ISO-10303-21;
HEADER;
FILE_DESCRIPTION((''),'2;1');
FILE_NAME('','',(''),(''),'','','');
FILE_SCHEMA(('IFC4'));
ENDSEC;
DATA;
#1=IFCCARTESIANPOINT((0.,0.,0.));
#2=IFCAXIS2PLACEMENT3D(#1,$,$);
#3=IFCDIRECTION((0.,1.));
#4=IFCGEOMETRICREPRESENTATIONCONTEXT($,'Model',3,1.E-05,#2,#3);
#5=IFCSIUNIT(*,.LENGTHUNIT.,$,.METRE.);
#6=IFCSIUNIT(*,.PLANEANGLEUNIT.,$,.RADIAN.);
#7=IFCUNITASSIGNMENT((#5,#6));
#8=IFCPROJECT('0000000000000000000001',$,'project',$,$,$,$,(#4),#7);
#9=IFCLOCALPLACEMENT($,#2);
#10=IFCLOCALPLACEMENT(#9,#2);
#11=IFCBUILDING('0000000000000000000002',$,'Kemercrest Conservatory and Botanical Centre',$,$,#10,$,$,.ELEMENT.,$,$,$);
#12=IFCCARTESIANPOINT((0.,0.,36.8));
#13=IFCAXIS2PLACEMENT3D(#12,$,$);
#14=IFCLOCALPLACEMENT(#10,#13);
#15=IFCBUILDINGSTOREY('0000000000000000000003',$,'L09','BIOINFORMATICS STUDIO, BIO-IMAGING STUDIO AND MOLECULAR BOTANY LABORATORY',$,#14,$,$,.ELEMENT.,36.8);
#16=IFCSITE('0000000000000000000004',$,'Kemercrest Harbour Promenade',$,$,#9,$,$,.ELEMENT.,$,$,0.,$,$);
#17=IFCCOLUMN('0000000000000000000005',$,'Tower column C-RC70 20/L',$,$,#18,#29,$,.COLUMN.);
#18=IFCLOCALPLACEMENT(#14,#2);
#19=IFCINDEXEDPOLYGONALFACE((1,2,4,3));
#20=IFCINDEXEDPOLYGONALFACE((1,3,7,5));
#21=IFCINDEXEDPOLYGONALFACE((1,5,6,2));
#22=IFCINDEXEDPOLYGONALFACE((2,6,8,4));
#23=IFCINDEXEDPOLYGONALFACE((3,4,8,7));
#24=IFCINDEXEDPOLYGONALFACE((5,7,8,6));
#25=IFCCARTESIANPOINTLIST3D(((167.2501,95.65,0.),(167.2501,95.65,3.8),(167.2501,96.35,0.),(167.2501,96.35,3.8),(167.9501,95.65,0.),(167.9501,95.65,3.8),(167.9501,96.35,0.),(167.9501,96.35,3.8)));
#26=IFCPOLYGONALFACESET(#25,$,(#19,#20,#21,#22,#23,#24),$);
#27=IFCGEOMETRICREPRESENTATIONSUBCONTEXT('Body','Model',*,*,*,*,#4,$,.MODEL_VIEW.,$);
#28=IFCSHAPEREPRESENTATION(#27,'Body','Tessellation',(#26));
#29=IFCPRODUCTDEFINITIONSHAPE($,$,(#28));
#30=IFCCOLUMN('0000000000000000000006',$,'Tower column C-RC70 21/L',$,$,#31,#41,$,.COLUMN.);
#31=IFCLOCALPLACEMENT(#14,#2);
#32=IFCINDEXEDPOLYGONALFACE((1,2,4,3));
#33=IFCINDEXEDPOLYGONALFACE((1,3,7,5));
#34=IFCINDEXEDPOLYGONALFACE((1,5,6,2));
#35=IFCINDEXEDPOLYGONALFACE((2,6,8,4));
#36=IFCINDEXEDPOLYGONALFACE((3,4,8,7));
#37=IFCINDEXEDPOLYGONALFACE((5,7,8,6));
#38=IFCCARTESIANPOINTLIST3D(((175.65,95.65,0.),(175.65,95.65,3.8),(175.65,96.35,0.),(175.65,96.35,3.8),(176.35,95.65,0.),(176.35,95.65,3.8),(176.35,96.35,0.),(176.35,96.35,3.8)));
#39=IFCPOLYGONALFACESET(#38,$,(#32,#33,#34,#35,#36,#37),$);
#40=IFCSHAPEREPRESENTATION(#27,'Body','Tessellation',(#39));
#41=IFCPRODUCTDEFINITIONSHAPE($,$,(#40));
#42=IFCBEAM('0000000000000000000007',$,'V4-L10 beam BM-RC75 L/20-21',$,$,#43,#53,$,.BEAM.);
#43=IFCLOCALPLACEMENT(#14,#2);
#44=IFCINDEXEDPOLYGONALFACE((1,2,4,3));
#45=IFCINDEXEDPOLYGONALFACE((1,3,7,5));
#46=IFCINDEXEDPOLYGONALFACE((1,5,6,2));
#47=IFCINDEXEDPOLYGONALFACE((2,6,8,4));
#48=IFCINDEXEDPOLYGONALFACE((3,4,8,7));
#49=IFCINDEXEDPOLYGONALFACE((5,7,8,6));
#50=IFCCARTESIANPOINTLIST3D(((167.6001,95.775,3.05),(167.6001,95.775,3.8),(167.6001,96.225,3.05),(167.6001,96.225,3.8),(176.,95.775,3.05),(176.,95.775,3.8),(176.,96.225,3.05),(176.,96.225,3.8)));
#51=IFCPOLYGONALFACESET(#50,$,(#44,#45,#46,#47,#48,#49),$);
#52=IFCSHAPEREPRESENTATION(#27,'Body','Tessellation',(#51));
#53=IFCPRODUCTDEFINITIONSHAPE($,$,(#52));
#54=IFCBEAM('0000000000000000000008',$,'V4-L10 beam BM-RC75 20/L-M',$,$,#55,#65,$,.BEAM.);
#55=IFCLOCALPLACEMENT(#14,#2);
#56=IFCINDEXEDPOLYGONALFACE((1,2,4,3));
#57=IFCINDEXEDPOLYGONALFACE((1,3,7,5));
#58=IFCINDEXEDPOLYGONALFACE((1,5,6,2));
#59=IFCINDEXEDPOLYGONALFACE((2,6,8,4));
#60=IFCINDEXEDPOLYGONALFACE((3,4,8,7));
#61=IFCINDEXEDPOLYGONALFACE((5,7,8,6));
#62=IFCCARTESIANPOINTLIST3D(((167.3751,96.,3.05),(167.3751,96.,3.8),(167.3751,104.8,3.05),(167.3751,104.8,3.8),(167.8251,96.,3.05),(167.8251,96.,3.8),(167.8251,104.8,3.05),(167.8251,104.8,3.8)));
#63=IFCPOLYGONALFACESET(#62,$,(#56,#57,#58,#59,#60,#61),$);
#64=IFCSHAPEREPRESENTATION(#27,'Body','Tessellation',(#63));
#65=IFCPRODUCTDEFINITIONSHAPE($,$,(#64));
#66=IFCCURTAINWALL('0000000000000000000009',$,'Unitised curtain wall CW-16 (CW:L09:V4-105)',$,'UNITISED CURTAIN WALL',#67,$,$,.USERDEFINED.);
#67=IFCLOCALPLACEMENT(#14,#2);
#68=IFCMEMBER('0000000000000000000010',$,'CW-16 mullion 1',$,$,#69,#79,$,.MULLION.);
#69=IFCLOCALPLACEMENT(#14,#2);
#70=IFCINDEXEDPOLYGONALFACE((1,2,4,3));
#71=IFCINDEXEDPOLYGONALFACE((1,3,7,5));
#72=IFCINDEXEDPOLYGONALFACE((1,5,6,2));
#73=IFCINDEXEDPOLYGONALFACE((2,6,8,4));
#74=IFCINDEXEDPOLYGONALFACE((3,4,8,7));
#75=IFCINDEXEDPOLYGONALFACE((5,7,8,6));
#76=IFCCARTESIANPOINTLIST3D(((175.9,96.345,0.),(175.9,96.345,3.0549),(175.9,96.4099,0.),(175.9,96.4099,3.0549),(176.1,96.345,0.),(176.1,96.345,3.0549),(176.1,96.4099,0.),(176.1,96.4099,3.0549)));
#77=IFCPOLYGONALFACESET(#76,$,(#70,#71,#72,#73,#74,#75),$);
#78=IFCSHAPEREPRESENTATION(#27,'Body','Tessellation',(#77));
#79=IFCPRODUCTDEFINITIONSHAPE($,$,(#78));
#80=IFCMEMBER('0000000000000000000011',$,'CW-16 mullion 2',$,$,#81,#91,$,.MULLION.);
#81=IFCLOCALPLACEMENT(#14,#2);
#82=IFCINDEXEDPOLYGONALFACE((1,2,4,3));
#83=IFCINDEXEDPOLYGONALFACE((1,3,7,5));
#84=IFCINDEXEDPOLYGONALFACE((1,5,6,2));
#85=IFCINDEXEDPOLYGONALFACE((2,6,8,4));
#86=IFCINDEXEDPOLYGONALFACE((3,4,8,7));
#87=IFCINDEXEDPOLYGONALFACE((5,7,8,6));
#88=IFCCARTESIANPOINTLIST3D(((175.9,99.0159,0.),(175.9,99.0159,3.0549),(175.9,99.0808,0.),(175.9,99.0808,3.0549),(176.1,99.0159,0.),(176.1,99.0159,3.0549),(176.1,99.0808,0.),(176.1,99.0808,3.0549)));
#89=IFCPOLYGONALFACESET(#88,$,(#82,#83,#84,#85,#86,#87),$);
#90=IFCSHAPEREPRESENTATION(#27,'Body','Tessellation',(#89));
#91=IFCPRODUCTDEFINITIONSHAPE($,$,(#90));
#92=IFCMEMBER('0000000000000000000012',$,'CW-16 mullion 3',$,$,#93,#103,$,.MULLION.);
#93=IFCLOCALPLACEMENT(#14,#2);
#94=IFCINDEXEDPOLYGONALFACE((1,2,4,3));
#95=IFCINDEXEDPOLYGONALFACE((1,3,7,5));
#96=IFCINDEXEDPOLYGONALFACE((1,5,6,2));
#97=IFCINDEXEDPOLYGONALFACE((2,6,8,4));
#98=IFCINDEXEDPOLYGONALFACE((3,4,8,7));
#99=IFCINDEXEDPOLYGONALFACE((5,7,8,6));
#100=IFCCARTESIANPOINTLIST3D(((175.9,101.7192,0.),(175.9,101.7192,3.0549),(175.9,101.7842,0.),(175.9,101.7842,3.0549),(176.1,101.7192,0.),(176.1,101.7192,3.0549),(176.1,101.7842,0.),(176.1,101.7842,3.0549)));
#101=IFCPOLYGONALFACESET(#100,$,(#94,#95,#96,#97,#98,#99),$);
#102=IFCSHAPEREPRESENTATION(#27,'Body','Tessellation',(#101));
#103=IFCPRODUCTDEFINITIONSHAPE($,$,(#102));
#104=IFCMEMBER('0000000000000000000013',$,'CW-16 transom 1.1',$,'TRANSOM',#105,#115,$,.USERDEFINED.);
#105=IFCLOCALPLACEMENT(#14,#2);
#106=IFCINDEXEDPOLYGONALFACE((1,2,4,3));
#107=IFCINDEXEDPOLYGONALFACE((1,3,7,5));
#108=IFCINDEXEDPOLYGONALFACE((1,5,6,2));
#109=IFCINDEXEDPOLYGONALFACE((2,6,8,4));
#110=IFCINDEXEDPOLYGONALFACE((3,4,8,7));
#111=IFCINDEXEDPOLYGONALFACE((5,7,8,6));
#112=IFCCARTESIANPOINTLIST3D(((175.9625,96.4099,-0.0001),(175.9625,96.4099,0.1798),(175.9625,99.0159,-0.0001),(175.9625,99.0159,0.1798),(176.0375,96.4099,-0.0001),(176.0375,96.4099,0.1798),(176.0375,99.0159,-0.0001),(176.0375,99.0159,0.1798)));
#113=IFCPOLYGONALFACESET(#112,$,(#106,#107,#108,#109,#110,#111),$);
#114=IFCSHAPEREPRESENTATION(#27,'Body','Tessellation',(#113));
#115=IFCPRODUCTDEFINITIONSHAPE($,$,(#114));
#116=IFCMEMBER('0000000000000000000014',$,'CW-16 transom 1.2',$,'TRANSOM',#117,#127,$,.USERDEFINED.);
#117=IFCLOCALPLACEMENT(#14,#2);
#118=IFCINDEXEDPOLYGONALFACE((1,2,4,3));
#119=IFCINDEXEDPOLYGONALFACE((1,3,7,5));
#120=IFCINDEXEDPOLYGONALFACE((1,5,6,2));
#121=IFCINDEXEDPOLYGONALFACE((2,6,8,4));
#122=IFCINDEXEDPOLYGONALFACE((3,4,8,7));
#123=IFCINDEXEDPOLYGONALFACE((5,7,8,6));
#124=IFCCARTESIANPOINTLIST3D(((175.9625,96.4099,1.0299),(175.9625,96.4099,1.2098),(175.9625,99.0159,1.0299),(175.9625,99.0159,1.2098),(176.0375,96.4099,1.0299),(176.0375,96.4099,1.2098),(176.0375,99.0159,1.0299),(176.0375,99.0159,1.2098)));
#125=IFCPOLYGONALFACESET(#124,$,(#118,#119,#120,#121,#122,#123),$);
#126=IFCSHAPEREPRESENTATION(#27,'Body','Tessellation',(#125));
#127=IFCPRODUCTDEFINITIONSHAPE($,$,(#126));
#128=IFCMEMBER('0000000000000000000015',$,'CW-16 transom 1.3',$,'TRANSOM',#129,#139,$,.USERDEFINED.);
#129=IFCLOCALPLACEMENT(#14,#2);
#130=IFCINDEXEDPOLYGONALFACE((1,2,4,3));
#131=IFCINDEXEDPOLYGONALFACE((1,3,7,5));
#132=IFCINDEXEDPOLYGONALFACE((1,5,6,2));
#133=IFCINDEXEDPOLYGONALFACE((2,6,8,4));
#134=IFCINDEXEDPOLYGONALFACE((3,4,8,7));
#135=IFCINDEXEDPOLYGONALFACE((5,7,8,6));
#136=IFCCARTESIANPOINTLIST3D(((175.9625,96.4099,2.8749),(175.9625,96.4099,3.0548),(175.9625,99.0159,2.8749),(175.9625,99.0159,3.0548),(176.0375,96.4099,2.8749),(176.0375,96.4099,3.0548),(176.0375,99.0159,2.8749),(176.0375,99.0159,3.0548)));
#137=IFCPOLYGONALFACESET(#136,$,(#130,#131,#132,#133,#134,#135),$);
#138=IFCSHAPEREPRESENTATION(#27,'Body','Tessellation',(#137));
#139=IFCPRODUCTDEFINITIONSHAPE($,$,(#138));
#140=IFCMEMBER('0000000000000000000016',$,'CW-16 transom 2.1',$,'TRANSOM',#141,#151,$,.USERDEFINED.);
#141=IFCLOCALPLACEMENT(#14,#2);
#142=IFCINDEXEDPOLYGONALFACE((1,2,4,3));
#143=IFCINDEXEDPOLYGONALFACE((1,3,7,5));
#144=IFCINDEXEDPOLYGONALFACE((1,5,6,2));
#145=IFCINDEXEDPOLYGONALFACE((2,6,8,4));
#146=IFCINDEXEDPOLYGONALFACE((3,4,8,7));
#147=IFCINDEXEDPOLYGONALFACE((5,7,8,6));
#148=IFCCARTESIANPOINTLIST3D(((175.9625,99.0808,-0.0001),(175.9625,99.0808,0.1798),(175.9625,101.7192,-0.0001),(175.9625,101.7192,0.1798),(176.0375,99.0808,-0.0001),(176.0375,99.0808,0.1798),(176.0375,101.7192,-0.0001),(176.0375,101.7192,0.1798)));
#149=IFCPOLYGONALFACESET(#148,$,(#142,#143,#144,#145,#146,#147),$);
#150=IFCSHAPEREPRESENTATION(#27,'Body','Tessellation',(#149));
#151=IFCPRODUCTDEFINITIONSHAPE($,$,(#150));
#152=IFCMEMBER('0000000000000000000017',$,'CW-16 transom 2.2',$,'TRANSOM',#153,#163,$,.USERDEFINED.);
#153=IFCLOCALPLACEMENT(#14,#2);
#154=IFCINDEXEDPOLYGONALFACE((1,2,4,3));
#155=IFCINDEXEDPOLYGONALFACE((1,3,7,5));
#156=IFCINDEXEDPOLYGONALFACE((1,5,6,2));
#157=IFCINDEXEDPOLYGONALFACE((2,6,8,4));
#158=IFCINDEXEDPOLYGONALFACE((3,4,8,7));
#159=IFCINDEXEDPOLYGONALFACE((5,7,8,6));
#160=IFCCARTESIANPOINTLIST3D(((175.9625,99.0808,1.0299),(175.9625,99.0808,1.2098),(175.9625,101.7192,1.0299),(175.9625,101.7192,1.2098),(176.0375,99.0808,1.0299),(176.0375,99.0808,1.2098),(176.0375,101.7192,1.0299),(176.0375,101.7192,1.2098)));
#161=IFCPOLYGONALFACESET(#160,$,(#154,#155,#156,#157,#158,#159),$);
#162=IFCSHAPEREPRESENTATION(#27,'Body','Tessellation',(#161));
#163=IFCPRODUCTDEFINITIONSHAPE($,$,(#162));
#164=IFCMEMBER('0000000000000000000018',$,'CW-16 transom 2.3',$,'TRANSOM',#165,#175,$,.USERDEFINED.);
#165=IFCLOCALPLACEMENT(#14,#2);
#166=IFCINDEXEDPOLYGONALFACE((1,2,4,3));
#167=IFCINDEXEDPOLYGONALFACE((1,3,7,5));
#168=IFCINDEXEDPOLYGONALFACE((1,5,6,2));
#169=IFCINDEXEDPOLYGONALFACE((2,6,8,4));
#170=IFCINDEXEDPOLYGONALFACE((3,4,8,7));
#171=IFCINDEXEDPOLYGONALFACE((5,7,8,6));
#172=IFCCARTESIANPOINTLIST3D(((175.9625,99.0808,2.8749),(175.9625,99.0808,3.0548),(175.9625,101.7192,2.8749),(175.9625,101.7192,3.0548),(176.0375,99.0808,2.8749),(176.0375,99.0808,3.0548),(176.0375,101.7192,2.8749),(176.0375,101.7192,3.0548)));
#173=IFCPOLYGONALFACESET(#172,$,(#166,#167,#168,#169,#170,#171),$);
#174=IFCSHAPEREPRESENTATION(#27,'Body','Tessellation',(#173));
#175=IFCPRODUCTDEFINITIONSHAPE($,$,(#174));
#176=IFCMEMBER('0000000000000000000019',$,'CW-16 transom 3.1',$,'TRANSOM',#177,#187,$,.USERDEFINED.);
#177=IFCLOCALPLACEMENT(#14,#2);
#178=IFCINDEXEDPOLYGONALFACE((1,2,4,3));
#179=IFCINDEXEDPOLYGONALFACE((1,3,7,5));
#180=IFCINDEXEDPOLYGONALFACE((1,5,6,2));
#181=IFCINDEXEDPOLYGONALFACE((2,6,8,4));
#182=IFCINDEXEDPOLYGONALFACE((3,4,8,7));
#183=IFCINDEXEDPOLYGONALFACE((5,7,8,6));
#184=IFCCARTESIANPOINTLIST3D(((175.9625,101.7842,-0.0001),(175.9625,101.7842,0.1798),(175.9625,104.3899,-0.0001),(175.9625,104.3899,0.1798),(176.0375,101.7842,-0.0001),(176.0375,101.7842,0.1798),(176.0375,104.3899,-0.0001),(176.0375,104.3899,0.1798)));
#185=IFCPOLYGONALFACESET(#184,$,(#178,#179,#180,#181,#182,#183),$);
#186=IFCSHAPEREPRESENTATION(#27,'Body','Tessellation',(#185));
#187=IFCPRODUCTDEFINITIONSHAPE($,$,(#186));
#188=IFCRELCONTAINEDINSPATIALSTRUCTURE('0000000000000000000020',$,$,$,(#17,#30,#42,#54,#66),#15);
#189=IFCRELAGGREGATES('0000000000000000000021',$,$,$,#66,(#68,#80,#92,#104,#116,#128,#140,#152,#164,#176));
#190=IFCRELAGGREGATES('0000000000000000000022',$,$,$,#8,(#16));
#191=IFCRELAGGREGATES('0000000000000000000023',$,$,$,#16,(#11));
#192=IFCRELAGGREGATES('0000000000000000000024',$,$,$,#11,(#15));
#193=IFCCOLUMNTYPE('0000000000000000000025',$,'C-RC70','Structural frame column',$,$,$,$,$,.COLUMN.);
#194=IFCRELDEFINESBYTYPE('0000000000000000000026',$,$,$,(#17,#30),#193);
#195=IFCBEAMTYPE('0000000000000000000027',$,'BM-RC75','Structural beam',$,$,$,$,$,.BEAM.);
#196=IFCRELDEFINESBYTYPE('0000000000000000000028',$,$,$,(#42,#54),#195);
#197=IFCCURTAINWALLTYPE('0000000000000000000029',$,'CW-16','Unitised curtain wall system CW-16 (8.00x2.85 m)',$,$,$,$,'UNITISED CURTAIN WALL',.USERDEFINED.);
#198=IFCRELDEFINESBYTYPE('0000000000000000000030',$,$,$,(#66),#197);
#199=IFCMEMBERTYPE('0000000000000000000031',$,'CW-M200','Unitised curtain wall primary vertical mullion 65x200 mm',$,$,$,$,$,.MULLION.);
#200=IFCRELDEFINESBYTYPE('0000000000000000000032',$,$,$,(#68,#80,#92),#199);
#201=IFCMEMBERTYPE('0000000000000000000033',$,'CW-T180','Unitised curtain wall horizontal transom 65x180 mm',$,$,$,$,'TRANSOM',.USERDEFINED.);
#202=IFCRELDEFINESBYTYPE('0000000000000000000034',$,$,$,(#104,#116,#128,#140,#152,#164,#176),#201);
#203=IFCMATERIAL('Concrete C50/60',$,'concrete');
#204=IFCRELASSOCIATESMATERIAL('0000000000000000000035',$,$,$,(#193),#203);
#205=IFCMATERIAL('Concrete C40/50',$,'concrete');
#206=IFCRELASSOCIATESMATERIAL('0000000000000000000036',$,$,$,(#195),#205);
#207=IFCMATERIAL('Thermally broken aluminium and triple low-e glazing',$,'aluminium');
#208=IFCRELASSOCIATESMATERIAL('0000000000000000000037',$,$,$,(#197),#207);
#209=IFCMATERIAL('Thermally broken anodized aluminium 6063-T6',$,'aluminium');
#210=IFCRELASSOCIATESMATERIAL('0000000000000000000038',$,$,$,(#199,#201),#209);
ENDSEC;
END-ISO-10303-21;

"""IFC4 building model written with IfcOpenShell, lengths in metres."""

from ifc_helpers import new_model, si_unit, direction, frame, origin, origin_2d, place, context, subcontext, project, spatial, rectangle, extrude, material, material_profile, profile_set, type_object, element, aggregate, save


model = new_model("IFC4")

# Units and contexts
model_context = context("Model", 3, precision=1e-05, world=origin(), true_north=direction((0.0, 1.0)))
body_context = subcontext(model_context, "Body", "Model", "MODEL_VIEW")
ifc_project = project(units=[si_unit("LENGTHUNIT", "METRE"), si_unit("PLANEANGLEUNIT", "RADIAN")], contexts=[model_context])

# Site, building, storey
site_placement = place(None, origin())
site = spatial("IfcSite", under=ifc_project, at=site_placement, Name="Kemercrest Harbour Promenade", CompositionType="ELEMENT", RefElevation=0.0)
building_placement = place(site_placement, origin())
building = spatial("IfcBuilding", under=site, at=building_placement, Name="Kemercrest Conservatory and Botanical Centre", CompositionType="ELEMENT")
storey_placement = place(building_placement, frame((0.0, 0.0, 36.8)))
storey = spatial("IfcBuildingStorey", under=building, at=storey_placement, Name="L09", Description="BIOINFORMATICS STUDIO, BIO-IMAGING STUDIO AND MOLECULAR BOTANY LABORATORY", CompositionType="ELEMENT", Elevation=36.8)

# Columns
ifc_material_1 = material(Name="Concrete C50/60", Category="concrete")
ifc_material_profile_1 = material_profile(ifc_material_1, rectangle(XDim=0.7, YDim=0.7, at=origin_2d()), Name="RC 700x700")
ifc_profile_set_1 = profile_set([ifc_material_profile_1], Name="Concrete C50/60")
column_type = type_object("IfcColumnType", Name="C-RC70", Description="Structural frame column", PredefinedType="COLUMN", material=ifc_profile_set_1)
for number, where, z_axis, x_axis, name in (
    (1, (167.6001, 96.0, 0.0), (0.0, 0.0, 1.0), (1.0, 0.0, 0.0), "Tower column C-RC70 20/L"),
    (2, (176.0, 96.0, 0.0), (0.0, 0.0, 1.0), (1.0, 0.0, 0.0), "Tower column C-RC70 21/L"),
):
    element("IfcColumn", number, at=place(storey_placement, frame(where, z_axis=z_axis, x_axis=x_axis)), inside=storey, type_object=column_type, Name=name, PredefinedType="COLUMN", context=body_context, shape_type="SweptSolid", body=[
        extrude(rectangle(XDim=0.7, YDim=0.7, at=origin_2d()), origin(), (0.0, 0.0, 1.0), 3.8),
    ])

# Beams
ifc_material_2 = material(Name="Concrete C40/50", Category="concrete")
ifc_material_profile_2 = material_profile(ifc_material_2, rectangle(XDim=0.45, YDim=0.75, at=origin_2d()), Name="RC 450x750")
ifc_profile_set_2 = profile_set([ifc_material_profile_2], Name="Concrete C40/50")
beam_type_1 = type_object("IfcBeamType", Name="BM-RC75", Description="Structural beam", PredefinedType="BEAM", material=ifc_profile_set_2)
beam_1_placement = place(storey_placement, frame((167.6001, 96.0, 3.425), z_axis=(1.0, 0.0, 0.0), x_axis=(0.0, 1.0, 0.0)))
element("IfcBeam", 3, at=beam_1_placement, inside=storey, type_object=beam_type_1, Name="V4-L10 beam BM-RC75 L/20-21", PredefinedType="BEAM", context=body_context, shape_type="SweptSolid", body=[
    extrude(rectangle(XDim=0.45, YDim=0.75, at=origin_2d()), origin(), (0.0, 0.0, 1.0), 8.3999),
])
beam_2_placement = place(storey_placement, frame((167.6001, 96.0, 3.425), z_axis=(0.0, 1.0, 0.0), x_axis=(-1.0, 0.0, 0.0)))
element("IfcBeam", 4, at=beam_2_placement, inside=storey, type_object=beam_type_1, Name="V4-L10 beam BM-RC75 20/L-M", PredefinedType="BEAM", context=body_context, shape_type="SweptSolid", body=[
    extrude(rectangle(XDim=0.45, YDim=0.75, at=origin_2d()), origin(), (0.0, 0.0, 1.0), 8.8),
])

# Curtain wall, members
ifc_material_3 = material(Name="Thermally broken aluminium and triple low-e glazing", Category="aluminium")
curtain_wall_type = type_object("IfcCurtainWallType", Name="CW-16", Description="Unitised curtain wall system CW-16 (8.00x2.85 m)", ElementType="UNITISED CURTAIN WALL", PredefinedType="USERDEFINED", material=ifc_material_3)
curtain_wall_placement = place(storey_placement, origin())
curtain_wall = element("IfcCurtainWall", 5, at=curtain_wall_placement, inside=storey, type_object=curtain_wall_type, Name="Unitised curtain wall CW-16 (CW:L09:V4-105)", ObjectType="UNITISED CURTAIN WALL", PredefinedType="USERDEFINED")
ifc_material_4 = material(Name="Thermally broken anodized aluminium 6063-T6", Category="aluminium")
ifc_material_profile_3 = material_profile(ifc_material_4, rectangle(XDim=0.2, YDim=0.0649, at=origin_2d()), Name="AL MULLION 65x200")
ifc_profile_set_3 = profile_set([ifc_material_profile_3], Name="Thermally broken anodized aluminium 6063-T6")
member_type_1 = type_object("IfcMemberType", Name="CW-M200", Description="Unitised curtain wall primary vertical mullion 65x200 mm", PredefinedType="MULLION", material=ifc_profile_set_3)
member_1_placement = place(storey_placement, frame((176.0, 96.3774, 0.0), z_axis=(0.0, 0.0, 1.0), x_axis=(-1.0, 0.0, 0.0)))
member_1 = element("IfcMember", 6, at=member_1_placement, type_object=member_type_1, Name="CW-16 mullion 1", PredefinedType="MULLION", context=body_context, shape_type="SweptSolid", body=[
    extrude(rectangle(XDim=0.2, YDim=0.0649, at=origin_2d()), origin(), (0.0, 0.0, 1.0), 3.0549),
])
member_2_placement = place(storey_placement, frame((176.0, 99.0483, 0.0), z_axis=(0.0, 0.0, 1.0), x_axis=(-1.0, 0.0, 0.0)))
member_2 = element("IfcMember", 7, at=member_2_placement, type_object=member_type_1, Name="CW-16 mullion 2", PredefinedType="MULLION", context=body_context, shape_type="SweptSolid", body=[
    extrude(rectangle(XDim=0.2, YDim=0.0649, at=origin_2d()), origin(), (0.0, 0.0, 1.0), 3.0549),
])
member_3_placement = place(storey_placement, frame((176.0, 101.7517, 0.0), z_axis=(0.0, 0.0, 1.0), x_axis=(-1.0, 0.0, 0.0)))
member_3 = element("IfcMember", 8, at=member_3_placement, type_object=member_type_1, Name="CW-16 mullion 3", PredefinedType="MULLION", context=body_context, shape_type="SweptSolid", body=[
    extrude(rectangle(XDim=0.2, YDim=0.0649, at=origin_2d()), origin(), (0.0, 0.0, 1.0), 3.0549),
])
ifc_material_profile_4 = material_profile(ifc_material_4, rectangle(XDim=0.075, YDim=0.1799, at=origin_2d()), Name="AL TRANSOM 75x180")
ifc_profile_set_4 = profile_set([ifc_material_profile_4], Name="Thermally broken anodized aluminium 6063-T6")
member_type_2 = type_object("IfcMemberType", Name="CW-T180", Description="Unitised curtain wall horizontal transom 65x180 mm", ElementType="TRANSOM", PredefinedType="USERDEFINED", material=ifc_profile_set_4)
member_4_placement = place(storey_placement, frame((176.0, 96.4099, 0.0898), z_axis=(0.0, 1.0, 0.0), x_axis=(-1.0, 0.0, 0.0)))
member_4 = element("IfcMember", 9, at=member_4_placement, type_object=member_type_2, Name="CW-16 transom 1.1", ObjectType="TRANSOM", PredefinedType="USERDEFINED", context=body_context, shape_type="SweptSolid", body=[
    extrude(rectangle(XDim=0.075, YDim=0.1799, at=origin_2d()), origin(), (0.0, 0.0, 1.0), 2.606),
])
member_5_placement = place(storey_placement, frame((176.0, 96.4099, 1.1199), z_axis=(0.0, 1.0, 0.0), x_axis=(-1.0, 0.0, 0.0)))
member_5 = element("IfcMember", 10, at=member_5_placement, type_object=member_type_2, Name="CW-16 transom 1.2", ObjectType="TRANSOM", PredefinedType="USERDEFINED", context=body_context, shape_type="SweptSolid", body=[
    extrude(rectangle(XDim=0.075, YDim=0.1799, at=origin_2d()), origin(), (0.0, 0.0, 1.0), 2.606),
])
member_6_placement = place(storey_placement, frame((176.0, 96.4099, 2.9648), z_axis=(0.0, 1.0, 0.0), x_axis=(-1.0, 0.0, 0.0)))
member_6 = element("IfcMember", 11, at=member_6_placement, type_object=member_type_2, Name="CW-16 transom 1.3", ObjectType="TRANSOM", PredefinedType="USERDEFINED", context=body_context, shape_type="SweptSolid", body=[
    extrude(rectangle(XDim=0.075, YDim=0.1799, at=origin_2d()), origin(), (0.0, 0.0, 1.0), 2.606),
])
member_7_placement = place(storey_placement, frame((176.0, 99.0808, 0.0898), z_axis=(0.0, 1.0, 0.0), x_axis=(-1.0, 0.0, 0.0)))
member_7 = element("IfcMember", 12, at=member_7_placement, type_object=member_type_2, Name="CW-16 transom 2.1", ObjectType="TRANSOM", PredefinedType="USERDEFINED", context=body_context, shape_type="SweptSolid", body=[
    extrude(rectangle(XDim=0.075, YDim=0.1799, at=origin_2d()), origin(), (0.0, 0.0, 1.0), 2.6384),
])
member_8_placement = place(storey_placement, frame((176.0, 99.0808, 1.1199), z_axis=(0.0, 1.0, 0.0), x_axis=(-1.0, 0.0, 0.0)))
member_8 = element("IfcMember", 13, at=member_8_placement, type_object=member_type_2, Name="CW-16 transom 2.2", ObjectType="TRANSOM", PredefinedType="USERDEFINED", context=body_context, shape_type="SweptSolid", body=[
    extrude(rectangle(XDim=0.075, YDim=0.1799, at=origin_2d()), origin(), (0.0, 0.0, 1.0), 2.6384),
])
member_9_placement = place(storey_placement, frame((176.0, 99.0808, 2.9648), z_axis=(0.0, 1.0, 0.0), x_axis=(-1.0, 0.0, 0.0)))
member_9 = element("IfcMember", 14, at=member_9_placement, type_object=member_type_2, Name="CW-16 transom 2.3", ObjectType="TRANSOM", PredefinedType="USERDEFINED", context=body_context, shape_type="SweptSolid", body=[
    extrude(rectangle(XDim=0.075, YDim=0.1799, at=origin_2d()), origin(), (0.0, 0.0, 1.0), 2.6384),
])
member_10_placement = place(storey_placement, frame((176.0, 101.7842, 0.0898), z_axis=(0.0, 1.0, 0.0), x_axis=(-1.0, 0.0, 0.0)))
member_10 = element("IfcMember", 15, at=member_10_placement, type_object=member_type_2, Name="CW-16 transom 3.1", ObjectType="TRANSOM", PredefinedType="USERDEFINED", context=body_context, shape_type="SweptSolid", body=[
    extrude(rectangle(XDim=0.075, YDim=0.1799, at=origin_2d()), origin(), (0.0, 0.0, 1.0), 2.6057),
])

aggregate(curtain_wall, [member_1, member_2, member_3, member_4, member_5, member_6, member_7, member_8, member_9, member_10])

save(model, "model.ifc")
